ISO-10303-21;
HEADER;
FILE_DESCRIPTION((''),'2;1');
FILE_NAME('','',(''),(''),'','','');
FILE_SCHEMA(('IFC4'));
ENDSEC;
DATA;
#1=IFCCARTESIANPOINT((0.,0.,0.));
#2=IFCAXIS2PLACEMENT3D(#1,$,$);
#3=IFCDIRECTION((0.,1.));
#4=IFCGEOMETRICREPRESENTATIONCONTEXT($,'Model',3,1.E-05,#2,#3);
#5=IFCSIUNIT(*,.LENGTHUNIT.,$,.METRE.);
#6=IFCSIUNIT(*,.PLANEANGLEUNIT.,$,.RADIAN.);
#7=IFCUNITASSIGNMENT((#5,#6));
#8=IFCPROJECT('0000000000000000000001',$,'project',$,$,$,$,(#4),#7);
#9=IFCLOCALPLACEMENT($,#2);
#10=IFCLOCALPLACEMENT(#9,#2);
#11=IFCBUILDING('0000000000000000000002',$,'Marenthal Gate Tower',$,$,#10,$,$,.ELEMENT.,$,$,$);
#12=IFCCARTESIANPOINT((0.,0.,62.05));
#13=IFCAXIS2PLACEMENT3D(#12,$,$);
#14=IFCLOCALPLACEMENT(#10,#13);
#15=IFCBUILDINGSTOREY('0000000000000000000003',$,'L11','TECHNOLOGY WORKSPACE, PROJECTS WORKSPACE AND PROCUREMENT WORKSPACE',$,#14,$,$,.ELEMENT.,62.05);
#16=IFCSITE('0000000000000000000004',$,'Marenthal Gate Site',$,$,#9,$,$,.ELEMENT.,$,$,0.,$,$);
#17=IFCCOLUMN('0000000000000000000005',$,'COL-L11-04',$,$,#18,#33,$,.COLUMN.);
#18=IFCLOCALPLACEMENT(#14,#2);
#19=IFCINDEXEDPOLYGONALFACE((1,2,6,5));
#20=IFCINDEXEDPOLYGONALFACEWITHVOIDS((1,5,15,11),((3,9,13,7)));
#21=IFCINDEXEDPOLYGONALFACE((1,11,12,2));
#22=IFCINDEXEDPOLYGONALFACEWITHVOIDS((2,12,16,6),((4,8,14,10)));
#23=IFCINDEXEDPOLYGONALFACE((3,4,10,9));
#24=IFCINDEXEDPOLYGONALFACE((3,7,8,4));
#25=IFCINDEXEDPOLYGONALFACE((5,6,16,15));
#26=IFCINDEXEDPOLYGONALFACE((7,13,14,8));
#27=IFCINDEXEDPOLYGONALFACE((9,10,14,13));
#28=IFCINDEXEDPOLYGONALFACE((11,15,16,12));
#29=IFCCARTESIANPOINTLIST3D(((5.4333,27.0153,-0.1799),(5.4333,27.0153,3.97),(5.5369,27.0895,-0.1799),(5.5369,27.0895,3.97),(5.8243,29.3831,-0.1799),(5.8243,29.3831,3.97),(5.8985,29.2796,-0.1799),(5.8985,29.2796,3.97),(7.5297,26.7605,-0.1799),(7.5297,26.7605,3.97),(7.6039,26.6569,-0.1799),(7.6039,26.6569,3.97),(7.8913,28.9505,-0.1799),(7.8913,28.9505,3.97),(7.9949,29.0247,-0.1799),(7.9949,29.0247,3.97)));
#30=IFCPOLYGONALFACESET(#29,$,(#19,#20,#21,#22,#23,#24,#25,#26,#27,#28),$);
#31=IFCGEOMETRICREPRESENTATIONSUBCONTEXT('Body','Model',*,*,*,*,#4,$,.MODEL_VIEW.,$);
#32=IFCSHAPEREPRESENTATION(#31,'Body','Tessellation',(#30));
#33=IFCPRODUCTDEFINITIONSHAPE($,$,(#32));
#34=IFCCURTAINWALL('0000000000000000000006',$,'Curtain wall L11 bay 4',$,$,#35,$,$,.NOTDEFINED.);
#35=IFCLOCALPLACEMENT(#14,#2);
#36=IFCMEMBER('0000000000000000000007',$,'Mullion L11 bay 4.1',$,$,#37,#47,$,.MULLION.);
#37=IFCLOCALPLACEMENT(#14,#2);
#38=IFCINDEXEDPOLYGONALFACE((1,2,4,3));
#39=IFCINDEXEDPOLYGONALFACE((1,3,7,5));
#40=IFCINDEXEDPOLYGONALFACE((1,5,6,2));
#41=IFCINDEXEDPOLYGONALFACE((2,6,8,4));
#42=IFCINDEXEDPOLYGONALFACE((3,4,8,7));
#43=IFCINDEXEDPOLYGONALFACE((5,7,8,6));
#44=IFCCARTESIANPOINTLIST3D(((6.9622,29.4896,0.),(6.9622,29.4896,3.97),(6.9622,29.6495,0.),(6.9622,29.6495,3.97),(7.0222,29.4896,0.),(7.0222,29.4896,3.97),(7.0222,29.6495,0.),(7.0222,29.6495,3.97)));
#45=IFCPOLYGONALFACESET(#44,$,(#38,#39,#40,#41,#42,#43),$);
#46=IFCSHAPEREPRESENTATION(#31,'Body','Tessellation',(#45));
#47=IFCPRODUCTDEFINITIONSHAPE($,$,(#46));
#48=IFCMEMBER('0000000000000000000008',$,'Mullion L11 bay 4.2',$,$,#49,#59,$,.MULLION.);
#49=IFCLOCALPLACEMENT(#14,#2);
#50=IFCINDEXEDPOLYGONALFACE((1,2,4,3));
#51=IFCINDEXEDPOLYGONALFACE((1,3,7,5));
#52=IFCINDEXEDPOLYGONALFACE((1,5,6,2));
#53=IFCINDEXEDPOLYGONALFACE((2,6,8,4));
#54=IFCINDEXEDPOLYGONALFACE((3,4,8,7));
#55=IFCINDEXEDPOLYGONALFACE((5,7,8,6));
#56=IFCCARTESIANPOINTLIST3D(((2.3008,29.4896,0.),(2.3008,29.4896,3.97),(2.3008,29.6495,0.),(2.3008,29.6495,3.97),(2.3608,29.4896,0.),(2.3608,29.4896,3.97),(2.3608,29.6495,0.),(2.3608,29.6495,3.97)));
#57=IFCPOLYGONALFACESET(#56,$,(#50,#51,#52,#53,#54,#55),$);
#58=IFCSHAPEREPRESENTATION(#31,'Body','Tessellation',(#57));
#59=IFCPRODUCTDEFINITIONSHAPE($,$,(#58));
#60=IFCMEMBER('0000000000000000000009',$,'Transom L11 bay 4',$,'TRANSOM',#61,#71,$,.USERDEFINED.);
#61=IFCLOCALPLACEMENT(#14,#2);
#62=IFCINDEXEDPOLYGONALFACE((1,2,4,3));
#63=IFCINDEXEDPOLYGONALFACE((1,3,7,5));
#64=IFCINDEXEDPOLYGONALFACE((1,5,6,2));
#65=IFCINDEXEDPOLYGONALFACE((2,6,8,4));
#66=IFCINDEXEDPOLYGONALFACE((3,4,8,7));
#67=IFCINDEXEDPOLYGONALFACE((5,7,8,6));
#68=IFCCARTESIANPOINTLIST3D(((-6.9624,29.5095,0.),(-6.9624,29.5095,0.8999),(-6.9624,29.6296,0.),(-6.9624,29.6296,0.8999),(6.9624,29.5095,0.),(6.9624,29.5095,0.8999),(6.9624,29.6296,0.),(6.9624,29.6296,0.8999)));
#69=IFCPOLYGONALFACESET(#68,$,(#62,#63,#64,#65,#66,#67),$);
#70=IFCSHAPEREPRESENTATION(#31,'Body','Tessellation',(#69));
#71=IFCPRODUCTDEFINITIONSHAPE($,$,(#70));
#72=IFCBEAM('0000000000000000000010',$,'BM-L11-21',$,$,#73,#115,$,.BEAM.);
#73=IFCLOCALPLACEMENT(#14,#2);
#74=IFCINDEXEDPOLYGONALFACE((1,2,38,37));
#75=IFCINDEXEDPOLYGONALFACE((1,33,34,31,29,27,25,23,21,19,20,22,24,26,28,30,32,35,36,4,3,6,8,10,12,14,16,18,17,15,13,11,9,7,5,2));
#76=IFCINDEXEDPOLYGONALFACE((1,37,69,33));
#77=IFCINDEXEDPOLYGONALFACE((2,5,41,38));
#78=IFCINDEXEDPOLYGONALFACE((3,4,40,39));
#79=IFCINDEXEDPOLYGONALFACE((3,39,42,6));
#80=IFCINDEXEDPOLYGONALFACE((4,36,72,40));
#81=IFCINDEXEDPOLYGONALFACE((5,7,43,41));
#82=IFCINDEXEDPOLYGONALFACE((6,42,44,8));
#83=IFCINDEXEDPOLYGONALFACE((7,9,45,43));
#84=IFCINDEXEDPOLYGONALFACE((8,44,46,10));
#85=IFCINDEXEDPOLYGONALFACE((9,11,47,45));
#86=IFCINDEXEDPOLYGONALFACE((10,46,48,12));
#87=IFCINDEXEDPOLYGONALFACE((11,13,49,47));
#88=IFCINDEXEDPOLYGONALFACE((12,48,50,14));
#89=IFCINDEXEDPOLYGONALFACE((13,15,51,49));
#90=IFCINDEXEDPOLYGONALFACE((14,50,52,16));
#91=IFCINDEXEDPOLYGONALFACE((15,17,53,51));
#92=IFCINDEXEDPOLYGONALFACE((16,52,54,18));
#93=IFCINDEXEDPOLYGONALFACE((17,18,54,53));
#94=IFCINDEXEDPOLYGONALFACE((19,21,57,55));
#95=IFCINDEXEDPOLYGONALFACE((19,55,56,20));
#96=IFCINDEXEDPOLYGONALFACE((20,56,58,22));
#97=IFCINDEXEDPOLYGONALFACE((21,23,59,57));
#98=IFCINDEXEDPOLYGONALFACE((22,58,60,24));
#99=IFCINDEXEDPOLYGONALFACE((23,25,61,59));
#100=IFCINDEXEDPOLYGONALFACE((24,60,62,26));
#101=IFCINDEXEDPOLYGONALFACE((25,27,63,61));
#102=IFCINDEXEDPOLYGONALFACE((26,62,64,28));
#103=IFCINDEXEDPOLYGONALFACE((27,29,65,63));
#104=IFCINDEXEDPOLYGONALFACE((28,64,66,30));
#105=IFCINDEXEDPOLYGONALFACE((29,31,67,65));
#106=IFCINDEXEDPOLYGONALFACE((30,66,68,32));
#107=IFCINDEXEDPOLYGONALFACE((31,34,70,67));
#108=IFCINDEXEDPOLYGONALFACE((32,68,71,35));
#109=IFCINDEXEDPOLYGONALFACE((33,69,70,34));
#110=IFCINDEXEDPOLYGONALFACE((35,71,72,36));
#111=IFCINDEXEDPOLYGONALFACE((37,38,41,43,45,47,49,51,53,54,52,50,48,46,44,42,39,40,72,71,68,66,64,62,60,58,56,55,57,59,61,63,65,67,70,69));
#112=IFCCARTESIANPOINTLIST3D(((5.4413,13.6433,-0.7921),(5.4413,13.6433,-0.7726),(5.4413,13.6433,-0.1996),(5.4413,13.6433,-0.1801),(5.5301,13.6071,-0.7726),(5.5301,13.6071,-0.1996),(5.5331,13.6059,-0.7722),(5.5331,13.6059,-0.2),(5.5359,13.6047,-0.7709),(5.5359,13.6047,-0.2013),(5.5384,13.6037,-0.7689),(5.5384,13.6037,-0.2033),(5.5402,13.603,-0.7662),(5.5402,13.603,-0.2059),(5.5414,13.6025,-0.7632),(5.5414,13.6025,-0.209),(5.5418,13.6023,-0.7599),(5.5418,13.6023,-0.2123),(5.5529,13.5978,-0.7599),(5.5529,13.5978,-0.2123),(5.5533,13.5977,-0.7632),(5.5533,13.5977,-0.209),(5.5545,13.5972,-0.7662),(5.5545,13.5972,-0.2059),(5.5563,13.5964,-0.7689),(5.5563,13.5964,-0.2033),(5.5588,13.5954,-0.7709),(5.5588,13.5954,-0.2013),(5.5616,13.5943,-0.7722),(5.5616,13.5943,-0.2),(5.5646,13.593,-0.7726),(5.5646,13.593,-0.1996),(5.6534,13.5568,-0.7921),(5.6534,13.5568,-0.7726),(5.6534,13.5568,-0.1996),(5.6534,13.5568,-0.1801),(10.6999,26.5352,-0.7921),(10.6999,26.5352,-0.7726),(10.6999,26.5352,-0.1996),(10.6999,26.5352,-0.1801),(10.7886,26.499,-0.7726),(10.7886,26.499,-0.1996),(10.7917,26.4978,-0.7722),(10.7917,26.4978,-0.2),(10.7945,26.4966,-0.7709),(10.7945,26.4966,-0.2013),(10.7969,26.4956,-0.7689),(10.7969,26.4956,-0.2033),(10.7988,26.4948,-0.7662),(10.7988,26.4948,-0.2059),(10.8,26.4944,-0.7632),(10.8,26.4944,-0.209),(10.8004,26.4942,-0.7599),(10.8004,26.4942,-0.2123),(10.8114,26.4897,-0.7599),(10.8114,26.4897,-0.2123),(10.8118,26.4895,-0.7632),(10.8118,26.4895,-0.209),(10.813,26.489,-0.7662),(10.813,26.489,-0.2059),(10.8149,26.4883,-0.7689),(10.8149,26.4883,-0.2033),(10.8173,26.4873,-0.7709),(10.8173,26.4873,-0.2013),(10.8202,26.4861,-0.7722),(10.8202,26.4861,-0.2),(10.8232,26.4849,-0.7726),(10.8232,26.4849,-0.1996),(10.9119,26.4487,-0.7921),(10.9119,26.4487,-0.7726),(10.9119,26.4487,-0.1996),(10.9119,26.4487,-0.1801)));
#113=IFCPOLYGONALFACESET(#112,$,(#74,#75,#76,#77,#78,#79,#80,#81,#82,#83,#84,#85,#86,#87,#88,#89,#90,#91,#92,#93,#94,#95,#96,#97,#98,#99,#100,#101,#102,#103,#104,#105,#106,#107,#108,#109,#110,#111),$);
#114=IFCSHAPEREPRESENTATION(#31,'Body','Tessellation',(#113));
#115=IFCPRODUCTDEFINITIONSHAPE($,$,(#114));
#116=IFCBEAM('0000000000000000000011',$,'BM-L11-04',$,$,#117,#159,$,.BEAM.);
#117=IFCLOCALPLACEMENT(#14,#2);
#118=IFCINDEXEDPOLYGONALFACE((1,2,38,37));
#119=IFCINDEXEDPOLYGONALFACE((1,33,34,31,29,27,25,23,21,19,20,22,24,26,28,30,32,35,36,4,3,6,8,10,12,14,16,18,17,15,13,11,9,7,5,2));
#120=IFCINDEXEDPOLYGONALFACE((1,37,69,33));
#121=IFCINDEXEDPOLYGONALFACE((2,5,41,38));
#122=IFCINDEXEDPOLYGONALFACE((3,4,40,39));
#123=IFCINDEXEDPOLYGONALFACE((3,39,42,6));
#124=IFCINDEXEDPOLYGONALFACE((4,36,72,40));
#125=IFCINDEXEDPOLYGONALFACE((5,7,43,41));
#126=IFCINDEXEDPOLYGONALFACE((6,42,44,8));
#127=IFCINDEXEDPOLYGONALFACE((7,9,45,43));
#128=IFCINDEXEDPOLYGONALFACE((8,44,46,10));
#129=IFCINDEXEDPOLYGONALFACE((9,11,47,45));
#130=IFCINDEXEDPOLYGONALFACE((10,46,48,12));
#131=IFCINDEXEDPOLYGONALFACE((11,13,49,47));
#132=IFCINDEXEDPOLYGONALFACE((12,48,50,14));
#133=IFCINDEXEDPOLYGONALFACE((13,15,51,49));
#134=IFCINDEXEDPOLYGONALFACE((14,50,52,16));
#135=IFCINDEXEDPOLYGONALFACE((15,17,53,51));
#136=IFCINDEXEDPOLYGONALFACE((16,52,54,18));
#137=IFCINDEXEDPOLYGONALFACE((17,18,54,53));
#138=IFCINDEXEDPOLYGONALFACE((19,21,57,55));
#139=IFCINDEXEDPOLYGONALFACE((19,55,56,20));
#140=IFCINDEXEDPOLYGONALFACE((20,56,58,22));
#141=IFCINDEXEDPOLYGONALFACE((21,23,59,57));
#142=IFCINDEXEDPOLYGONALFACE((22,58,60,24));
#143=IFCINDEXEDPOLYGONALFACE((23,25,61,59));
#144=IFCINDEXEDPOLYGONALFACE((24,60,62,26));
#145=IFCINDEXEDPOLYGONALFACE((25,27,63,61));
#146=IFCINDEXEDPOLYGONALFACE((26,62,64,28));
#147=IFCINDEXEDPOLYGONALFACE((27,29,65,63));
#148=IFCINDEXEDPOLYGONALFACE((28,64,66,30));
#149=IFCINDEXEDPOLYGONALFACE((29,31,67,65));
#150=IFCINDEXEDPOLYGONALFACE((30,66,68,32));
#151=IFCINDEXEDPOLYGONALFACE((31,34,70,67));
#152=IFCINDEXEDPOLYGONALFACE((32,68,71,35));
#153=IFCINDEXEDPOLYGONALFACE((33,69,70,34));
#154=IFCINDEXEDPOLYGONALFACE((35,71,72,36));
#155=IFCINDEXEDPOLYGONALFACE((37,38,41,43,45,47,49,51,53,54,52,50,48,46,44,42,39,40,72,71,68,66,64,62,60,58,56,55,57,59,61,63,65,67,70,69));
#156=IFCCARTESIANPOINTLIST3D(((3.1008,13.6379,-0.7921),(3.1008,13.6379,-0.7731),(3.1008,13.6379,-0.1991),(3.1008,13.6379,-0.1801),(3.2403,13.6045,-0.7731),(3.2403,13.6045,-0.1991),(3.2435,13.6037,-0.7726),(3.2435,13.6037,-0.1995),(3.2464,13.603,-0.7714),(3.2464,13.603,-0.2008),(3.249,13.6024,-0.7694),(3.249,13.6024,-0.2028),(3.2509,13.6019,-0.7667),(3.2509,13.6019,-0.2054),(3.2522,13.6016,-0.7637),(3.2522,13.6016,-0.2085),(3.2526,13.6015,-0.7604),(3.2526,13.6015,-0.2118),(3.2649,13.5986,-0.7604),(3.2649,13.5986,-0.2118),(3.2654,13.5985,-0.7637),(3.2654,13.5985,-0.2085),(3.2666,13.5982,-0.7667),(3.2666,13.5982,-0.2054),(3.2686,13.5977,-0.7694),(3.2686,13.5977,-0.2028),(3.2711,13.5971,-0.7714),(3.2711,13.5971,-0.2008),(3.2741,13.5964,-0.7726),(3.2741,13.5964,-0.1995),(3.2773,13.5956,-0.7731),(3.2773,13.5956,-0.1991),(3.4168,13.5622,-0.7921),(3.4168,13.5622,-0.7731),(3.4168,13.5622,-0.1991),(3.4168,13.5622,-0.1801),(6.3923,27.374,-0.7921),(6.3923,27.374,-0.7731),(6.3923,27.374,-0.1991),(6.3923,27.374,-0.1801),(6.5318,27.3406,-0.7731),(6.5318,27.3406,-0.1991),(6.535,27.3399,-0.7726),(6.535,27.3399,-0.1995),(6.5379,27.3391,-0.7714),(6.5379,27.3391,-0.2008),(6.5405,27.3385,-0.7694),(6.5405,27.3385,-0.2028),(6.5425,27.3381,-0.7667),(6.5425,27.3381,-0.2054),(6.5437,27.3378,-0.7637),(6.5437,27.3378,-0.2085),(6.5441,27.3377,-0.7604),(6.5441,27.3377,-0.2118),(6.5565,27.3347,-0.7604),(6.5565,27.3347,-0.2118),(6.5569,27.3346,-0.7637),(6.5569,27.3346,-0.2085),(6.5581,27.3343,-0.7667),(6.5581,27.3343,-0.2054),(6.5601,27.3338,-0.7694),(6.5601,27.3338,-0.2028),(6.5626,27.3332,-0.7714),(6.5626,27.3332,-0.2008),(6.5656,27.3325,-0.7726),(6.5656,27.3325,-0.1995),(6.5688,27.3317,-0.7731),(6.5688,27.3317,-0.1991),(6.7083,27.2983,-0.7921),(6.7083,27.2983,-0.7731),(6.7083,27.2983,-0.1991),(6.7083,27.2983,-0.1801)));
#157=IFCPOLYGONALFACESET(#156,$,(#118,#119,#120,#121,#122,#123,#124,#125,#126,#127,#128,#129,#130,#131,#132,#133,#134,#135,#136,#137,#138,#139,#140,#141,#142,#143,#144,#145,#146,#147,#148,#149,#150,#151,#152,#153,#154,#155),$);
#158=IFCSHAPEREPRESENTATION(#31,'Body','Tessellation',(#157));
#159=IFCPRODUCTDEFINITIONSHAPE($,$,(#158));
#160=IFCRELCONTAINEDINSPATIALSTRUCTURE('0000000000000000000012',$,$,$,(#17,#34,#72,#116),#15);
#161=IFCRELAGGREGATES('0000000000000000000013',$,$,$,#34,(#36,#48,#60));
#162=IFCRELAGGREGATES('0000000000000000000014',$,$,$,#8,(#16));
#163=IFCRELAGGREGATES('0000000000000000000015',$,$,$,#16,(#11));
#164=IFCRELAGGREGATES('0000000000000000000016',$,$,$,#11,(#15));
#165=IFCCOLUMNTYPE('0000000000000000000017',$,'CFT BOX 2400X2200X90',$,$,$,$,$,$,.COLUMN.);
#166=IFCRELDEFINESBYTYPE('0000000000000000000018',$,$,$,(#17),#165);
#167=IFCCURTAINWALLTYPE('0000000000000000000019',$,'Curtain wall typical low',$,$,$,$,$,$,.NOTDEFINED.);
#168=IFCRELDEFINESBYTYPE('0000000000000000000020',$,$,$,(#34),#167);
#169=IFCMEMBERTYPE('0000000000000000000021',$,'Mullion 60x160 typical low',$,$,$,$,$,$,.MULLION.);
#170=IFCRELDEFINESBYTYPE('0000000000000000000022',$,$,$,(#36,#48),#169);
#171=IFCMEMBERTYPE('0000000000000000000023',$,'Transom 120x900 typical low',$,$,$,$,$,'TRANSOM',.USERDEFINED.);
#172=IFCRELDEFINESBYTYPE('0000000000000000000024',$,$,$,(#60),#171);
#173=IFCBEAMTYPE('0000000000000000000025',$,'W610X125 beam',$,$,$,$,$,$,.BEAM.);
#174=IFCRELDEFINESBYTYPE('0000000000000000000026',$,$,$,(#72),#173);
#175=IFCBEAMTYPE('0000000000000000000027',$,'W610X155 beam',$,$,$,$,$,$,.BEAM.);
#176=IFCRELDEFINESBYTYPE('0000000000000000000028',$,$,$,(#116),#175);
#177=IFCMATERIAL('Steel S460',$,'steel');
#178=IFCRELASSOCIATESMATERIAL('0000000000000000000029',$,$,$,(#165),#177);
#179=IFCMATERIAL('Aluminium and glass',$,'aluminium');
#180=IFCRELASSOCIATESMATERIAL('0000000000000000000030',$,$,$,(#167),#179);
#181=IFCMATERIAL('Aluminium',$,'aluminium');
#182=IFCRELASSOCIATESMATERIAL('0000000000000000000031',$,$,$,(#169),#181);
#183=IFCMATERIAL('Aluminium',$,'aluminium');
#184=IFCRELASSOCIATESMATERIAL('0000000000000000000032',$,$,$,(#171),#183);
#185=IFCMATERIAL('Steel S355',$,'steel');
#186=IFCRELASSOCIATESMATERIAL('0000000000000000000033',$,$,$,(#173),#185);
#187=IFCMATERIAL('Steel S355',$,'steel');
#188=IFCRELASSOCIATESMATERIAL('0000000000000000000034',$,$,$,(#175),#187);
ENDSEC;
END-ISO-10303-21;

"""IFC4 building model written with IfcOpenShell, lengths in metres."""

from ifc_helpers import new_model, si_unit, direction, frame, origin, origin_2d, place, context, subcontext, project, spatial, rectangle, hollow_rectangle, i_section, extrude, material, material_profile, profile_set, type_object, element, aggregate, save


model = new_model("IFC4")

# Units and contexts
model_context = context("Model", 3, precision=1e-05, world=origin(), true_north=direction((0.0, 1.0)))
body_context = subcontext(model_context, "Body", "Model", "MODEL_VIEW")
ifc_project = project(units=[si_unit("LENGTHUNIT", "METRE"), si_unit("PLANEANGLEUNIT", "RADIAN")], contexts=[model_context])

# Site, building, storey
site_placement = place(None, origin())
site = spatial("IfcSite", under=ifc_project, at=site_placement, Name="Marenthal Gate Site", CompositionType="ELEMENT", RefElevation=0.0)
building_placement = place(site_placement, origin())
building = spatial("IfcBuilding", under=site, at=building_placement, Name="Marenthal Gate Tower", CompositionType="ELEMENT")
storey_placement = place(building_placement, frame((0.0, 0.0, 62.05)))
storey = spatial("IfcBuildingStorey", under=building, at=storey_placement, Name="L11", Description="TECHNOLOGY WORKSPACE, PROJECTS WORKSPACE AND PROCUREMENT WORKSPACE", CompositionType="ELEMENT", Elevation=62.05)

# Column
ifc_material_1 = material(Name="Steel S460", Category="steel")
ifc_material_profile_1 = material_profile(ifc_material_1, hollow_rectangle(XDim=2.2, YDim=2.3999, WallThickness=0.0901, at=origin_2d()), Name="CFT BOX 2400X2200X90")
ifc_material_2 = material(Name="Concrete 70 MPa", Category="concrete")
ifc_material_profile_2 = material_profile(ifc_material_2, rectangle(XDim=2.02, YDim=2.22, at=origin_2d()), Name="CFT BOX 2400X2200X90 INFILL")
ifc_profile_set_1 = profile_set([ifc_material_profile_1, ifc_material_profile_2], Name="Steel S460 shell, Concrete 70 MPa infill")
column_type = type_object("IfcColumnType", Name="CFT BOX 2400X2200X90", PredefinedType="COLUMN", material=ifc_profile_set_1)
column_placement = place(storey_placement, frame((6.7141, 28.02, -0.1799), z_axis=(0.0, 0.0, 1.0), x_axis=(0.98664, -0.162918, 0.0)))
element("IfcColumn", 1, at=column_placement, inside=storey, type_object=column_type, Name="COL-L11-04", PredefinedType="COLUMN", context=body_context, shape_type="SweptSolid", body=[
    extrude(hollow_rectangle(XDim=2.2, YDim=2.3999, WallThickness=0.0901, at=origin_2d()), origin(), (0.0, 0.0, 1.0), 4.1499),
])

# Curtain wall, members
ifc_material_3 = material(Name="Aluminium and glass", Category="aluminium")
curtain_wall_type = type_object("IfcCurtainWallType", Name="Curtain wall typical low", PredefinedType="NOTDEFINED", material=ifc_material_3)
curtain_wall_placement = place(storey_placement, origin())
curtain_wall = element("IfcCurtainWall", 2, at=curtain_wall_placement, inside=storey, type_object=curtain_wall_type, Name="Curtain wall L11 bay 4", PredefinedType="NOTDEFINED")
ifc_material_4 = material(Name="Aluminium", Category="aluminium")
ifc_material_profile_3 = material_profile(ifc_material_4, rectangle(XDim=0.1599, YDim=0.0601, at=origin_2d()), Name="60x160 aluminium mullion")
ifc_profile_set_2 = profile_set([ifc_material_profile_3], Name="Aluminium")
member_type_1 = type_object("IfcMemberType", Name="Mullion 60x160 typical low", PredefinedType="MULLION", material=ifc_profile_set_2)
member_1_placement = place(storey_placement, frame((6.9922, 29.5696, 0.0), z_axis=(0.0, 0.0, 1.0), x_axis=(0.0, -1.0, 0.0)))
member_1 = element("IfcMember", 3, at=member_1_placement, type_object=member_type_1, Name="Mullion L11 bay 4.1", PredefinedType="MULLION", context=body_context, shape_type="SweptSolid", body=[
    extrude(rectangle(XDim=0.1599, YDim=0.0601, at=origin_2d()), origin(), (0.0, 0.0, 1.0), 3.97),
])
member_2_placement = place(storey_placement, frame((2.3308, 29.5696, 0.0), z_axis=(0.0, 0.0, 1.0), x_axis=(0.0, -1.0, 0.0)))
member_2 = element("IfcMember", 4, at=member_2_placement, type_object=member_type_1, Name="Mullion L11 bay 4.2", PredefinedType="MULLION", context=body_context, shape_type="SweptSolid", body=[
    extrude(rectangle(XDim=0.1599, YDim=0.0601, at=origin_2d()), origin(), (0.0, 0.0, 1.0), 3.97),
])
ifc_material_5 = material(Name="Aluminium", Category="aluminium")
ifc_material_profile_4 = material_profile(ifc_material_5, rectangle(XDim=0.1201, YDim=0.8999, at=origin_2d()), Name="120x900 aluminium transom")
ifc_profile_set_3 = profile_set([ifc_material_profile_4], Name="Aluminium")
member_type_2 = type_object("IfcMemberType", Name="Transom 120x900 typical low", ElementType="TRANSOM", PredefinedType="USERDEFINED", material=ifc_profile_set_3)
member_3_placement = place(storey_placement, frame((6.9624, 29.5696, 0.45), z_axis=(-1.0, 0.0, 0.0), x_axis=(0.0, -1.0, 0.0)))
member_3 = element("IfcMember", 5, at=member_3_placement, type_object=member_type_2, Name="Transom L11 bay 4", ObjectType="TRANSOM", PredefinedType="USERDEFINED", context=body_context, shape_type="SweptSolid", body=[
    extrude(rectangle(XDim=0.1201, YDim=0.8999, at=origin_2d()), origin(), (0.0, 0.0, 1.0), 13.9248),
])

# Beams
ifc_material_6 = material(Name="Steel S355", Category="steel")
ifc_material_profile_5 = material_profile(ifc_material_6, i_section(OverallWidth=0.229, OverallDepth=0.6121, WebThickness=0.012, FlangeThickness=0.0195, FilletRadius=0.0127, at=origin_2d()), Name="W610X125")
ifc_profile_set_4 = profile_set([ifc_material_profile_5], Name="Steel S355")
beam_type_1 = type_object("IfcBeamType", Name="W610X125 beam", PredefinedType="BEAM", material=ifc_profile_set_4)
beam_1_placement = place(storey_placement, frame((10.8059, 26.4919, -0.4861), z_axis=(-0.377686, -0.925934, 0.0), x_axis=(0.925934, -0.377686, 0.0)))
element("IfcBeam", 6, at=beam_1_placement, inside=storey, type_object=beam_type_1, Name="BM-L11-21", PredefinedType="BEAM", context=body_context, shape_type="SweptSolid", body=[
    extrude(i_section(OverallWidth=0.229, OverallDepth=0.6121, WebThickness=0.012, FlangeThickness=0.0195, FilletRadius=0.0127, at=origin_2d()), origin(), (0.0, 0.0, 1.0), 13.9231),
])
ifc_material_7 = material(Name="Steel S355", Category="steel")
ifc_material_profile_6 = material_profile(ifc_material_7, i_section(OverallWidth=0.325, OverallDepth=0.6121, WebThickness=0.0127, FlangeThickness=0.019, FilletRadius=0.0127, at=origin_2d()), Name="W610X155")
ifc_profile_set_5 = profile_set([ifc_material_profile_6], Name="Steel S355")
beam_type_2 = type_object("IfcBeamType", Name="W610X155 beam", PredefinedType="BEAM", material=ifc_profile_set_5)
beam_2_placement = place(storey_placement, frame((6.5503, 27.3362, -0.4861), z_axis=(-0.233028, -0.97247, 0.0), x_axis=(0.97247, -0.233028, 0.0)))
element("IfcBeam", 7, at=beam_2_placement, inside=storey, type_object=beam_type_2, Name="BM-L11-04", PredefinedType="BEAM", context=body_context, shape_type="SweptSolid", body=[
    extrude(i_section(OverallWidth=0.325, OverallDepth=0.6121, WebThickness=0.0127, FlangeThickness=0.019, FilletRadius=0.0127, at=origin_2d()), origin(), (0.0, 0.0, 1.0), 14.125),
])

aggregate(curtain_wall, [member_1, member_2, member_3])

save(model, "model.ifc")
